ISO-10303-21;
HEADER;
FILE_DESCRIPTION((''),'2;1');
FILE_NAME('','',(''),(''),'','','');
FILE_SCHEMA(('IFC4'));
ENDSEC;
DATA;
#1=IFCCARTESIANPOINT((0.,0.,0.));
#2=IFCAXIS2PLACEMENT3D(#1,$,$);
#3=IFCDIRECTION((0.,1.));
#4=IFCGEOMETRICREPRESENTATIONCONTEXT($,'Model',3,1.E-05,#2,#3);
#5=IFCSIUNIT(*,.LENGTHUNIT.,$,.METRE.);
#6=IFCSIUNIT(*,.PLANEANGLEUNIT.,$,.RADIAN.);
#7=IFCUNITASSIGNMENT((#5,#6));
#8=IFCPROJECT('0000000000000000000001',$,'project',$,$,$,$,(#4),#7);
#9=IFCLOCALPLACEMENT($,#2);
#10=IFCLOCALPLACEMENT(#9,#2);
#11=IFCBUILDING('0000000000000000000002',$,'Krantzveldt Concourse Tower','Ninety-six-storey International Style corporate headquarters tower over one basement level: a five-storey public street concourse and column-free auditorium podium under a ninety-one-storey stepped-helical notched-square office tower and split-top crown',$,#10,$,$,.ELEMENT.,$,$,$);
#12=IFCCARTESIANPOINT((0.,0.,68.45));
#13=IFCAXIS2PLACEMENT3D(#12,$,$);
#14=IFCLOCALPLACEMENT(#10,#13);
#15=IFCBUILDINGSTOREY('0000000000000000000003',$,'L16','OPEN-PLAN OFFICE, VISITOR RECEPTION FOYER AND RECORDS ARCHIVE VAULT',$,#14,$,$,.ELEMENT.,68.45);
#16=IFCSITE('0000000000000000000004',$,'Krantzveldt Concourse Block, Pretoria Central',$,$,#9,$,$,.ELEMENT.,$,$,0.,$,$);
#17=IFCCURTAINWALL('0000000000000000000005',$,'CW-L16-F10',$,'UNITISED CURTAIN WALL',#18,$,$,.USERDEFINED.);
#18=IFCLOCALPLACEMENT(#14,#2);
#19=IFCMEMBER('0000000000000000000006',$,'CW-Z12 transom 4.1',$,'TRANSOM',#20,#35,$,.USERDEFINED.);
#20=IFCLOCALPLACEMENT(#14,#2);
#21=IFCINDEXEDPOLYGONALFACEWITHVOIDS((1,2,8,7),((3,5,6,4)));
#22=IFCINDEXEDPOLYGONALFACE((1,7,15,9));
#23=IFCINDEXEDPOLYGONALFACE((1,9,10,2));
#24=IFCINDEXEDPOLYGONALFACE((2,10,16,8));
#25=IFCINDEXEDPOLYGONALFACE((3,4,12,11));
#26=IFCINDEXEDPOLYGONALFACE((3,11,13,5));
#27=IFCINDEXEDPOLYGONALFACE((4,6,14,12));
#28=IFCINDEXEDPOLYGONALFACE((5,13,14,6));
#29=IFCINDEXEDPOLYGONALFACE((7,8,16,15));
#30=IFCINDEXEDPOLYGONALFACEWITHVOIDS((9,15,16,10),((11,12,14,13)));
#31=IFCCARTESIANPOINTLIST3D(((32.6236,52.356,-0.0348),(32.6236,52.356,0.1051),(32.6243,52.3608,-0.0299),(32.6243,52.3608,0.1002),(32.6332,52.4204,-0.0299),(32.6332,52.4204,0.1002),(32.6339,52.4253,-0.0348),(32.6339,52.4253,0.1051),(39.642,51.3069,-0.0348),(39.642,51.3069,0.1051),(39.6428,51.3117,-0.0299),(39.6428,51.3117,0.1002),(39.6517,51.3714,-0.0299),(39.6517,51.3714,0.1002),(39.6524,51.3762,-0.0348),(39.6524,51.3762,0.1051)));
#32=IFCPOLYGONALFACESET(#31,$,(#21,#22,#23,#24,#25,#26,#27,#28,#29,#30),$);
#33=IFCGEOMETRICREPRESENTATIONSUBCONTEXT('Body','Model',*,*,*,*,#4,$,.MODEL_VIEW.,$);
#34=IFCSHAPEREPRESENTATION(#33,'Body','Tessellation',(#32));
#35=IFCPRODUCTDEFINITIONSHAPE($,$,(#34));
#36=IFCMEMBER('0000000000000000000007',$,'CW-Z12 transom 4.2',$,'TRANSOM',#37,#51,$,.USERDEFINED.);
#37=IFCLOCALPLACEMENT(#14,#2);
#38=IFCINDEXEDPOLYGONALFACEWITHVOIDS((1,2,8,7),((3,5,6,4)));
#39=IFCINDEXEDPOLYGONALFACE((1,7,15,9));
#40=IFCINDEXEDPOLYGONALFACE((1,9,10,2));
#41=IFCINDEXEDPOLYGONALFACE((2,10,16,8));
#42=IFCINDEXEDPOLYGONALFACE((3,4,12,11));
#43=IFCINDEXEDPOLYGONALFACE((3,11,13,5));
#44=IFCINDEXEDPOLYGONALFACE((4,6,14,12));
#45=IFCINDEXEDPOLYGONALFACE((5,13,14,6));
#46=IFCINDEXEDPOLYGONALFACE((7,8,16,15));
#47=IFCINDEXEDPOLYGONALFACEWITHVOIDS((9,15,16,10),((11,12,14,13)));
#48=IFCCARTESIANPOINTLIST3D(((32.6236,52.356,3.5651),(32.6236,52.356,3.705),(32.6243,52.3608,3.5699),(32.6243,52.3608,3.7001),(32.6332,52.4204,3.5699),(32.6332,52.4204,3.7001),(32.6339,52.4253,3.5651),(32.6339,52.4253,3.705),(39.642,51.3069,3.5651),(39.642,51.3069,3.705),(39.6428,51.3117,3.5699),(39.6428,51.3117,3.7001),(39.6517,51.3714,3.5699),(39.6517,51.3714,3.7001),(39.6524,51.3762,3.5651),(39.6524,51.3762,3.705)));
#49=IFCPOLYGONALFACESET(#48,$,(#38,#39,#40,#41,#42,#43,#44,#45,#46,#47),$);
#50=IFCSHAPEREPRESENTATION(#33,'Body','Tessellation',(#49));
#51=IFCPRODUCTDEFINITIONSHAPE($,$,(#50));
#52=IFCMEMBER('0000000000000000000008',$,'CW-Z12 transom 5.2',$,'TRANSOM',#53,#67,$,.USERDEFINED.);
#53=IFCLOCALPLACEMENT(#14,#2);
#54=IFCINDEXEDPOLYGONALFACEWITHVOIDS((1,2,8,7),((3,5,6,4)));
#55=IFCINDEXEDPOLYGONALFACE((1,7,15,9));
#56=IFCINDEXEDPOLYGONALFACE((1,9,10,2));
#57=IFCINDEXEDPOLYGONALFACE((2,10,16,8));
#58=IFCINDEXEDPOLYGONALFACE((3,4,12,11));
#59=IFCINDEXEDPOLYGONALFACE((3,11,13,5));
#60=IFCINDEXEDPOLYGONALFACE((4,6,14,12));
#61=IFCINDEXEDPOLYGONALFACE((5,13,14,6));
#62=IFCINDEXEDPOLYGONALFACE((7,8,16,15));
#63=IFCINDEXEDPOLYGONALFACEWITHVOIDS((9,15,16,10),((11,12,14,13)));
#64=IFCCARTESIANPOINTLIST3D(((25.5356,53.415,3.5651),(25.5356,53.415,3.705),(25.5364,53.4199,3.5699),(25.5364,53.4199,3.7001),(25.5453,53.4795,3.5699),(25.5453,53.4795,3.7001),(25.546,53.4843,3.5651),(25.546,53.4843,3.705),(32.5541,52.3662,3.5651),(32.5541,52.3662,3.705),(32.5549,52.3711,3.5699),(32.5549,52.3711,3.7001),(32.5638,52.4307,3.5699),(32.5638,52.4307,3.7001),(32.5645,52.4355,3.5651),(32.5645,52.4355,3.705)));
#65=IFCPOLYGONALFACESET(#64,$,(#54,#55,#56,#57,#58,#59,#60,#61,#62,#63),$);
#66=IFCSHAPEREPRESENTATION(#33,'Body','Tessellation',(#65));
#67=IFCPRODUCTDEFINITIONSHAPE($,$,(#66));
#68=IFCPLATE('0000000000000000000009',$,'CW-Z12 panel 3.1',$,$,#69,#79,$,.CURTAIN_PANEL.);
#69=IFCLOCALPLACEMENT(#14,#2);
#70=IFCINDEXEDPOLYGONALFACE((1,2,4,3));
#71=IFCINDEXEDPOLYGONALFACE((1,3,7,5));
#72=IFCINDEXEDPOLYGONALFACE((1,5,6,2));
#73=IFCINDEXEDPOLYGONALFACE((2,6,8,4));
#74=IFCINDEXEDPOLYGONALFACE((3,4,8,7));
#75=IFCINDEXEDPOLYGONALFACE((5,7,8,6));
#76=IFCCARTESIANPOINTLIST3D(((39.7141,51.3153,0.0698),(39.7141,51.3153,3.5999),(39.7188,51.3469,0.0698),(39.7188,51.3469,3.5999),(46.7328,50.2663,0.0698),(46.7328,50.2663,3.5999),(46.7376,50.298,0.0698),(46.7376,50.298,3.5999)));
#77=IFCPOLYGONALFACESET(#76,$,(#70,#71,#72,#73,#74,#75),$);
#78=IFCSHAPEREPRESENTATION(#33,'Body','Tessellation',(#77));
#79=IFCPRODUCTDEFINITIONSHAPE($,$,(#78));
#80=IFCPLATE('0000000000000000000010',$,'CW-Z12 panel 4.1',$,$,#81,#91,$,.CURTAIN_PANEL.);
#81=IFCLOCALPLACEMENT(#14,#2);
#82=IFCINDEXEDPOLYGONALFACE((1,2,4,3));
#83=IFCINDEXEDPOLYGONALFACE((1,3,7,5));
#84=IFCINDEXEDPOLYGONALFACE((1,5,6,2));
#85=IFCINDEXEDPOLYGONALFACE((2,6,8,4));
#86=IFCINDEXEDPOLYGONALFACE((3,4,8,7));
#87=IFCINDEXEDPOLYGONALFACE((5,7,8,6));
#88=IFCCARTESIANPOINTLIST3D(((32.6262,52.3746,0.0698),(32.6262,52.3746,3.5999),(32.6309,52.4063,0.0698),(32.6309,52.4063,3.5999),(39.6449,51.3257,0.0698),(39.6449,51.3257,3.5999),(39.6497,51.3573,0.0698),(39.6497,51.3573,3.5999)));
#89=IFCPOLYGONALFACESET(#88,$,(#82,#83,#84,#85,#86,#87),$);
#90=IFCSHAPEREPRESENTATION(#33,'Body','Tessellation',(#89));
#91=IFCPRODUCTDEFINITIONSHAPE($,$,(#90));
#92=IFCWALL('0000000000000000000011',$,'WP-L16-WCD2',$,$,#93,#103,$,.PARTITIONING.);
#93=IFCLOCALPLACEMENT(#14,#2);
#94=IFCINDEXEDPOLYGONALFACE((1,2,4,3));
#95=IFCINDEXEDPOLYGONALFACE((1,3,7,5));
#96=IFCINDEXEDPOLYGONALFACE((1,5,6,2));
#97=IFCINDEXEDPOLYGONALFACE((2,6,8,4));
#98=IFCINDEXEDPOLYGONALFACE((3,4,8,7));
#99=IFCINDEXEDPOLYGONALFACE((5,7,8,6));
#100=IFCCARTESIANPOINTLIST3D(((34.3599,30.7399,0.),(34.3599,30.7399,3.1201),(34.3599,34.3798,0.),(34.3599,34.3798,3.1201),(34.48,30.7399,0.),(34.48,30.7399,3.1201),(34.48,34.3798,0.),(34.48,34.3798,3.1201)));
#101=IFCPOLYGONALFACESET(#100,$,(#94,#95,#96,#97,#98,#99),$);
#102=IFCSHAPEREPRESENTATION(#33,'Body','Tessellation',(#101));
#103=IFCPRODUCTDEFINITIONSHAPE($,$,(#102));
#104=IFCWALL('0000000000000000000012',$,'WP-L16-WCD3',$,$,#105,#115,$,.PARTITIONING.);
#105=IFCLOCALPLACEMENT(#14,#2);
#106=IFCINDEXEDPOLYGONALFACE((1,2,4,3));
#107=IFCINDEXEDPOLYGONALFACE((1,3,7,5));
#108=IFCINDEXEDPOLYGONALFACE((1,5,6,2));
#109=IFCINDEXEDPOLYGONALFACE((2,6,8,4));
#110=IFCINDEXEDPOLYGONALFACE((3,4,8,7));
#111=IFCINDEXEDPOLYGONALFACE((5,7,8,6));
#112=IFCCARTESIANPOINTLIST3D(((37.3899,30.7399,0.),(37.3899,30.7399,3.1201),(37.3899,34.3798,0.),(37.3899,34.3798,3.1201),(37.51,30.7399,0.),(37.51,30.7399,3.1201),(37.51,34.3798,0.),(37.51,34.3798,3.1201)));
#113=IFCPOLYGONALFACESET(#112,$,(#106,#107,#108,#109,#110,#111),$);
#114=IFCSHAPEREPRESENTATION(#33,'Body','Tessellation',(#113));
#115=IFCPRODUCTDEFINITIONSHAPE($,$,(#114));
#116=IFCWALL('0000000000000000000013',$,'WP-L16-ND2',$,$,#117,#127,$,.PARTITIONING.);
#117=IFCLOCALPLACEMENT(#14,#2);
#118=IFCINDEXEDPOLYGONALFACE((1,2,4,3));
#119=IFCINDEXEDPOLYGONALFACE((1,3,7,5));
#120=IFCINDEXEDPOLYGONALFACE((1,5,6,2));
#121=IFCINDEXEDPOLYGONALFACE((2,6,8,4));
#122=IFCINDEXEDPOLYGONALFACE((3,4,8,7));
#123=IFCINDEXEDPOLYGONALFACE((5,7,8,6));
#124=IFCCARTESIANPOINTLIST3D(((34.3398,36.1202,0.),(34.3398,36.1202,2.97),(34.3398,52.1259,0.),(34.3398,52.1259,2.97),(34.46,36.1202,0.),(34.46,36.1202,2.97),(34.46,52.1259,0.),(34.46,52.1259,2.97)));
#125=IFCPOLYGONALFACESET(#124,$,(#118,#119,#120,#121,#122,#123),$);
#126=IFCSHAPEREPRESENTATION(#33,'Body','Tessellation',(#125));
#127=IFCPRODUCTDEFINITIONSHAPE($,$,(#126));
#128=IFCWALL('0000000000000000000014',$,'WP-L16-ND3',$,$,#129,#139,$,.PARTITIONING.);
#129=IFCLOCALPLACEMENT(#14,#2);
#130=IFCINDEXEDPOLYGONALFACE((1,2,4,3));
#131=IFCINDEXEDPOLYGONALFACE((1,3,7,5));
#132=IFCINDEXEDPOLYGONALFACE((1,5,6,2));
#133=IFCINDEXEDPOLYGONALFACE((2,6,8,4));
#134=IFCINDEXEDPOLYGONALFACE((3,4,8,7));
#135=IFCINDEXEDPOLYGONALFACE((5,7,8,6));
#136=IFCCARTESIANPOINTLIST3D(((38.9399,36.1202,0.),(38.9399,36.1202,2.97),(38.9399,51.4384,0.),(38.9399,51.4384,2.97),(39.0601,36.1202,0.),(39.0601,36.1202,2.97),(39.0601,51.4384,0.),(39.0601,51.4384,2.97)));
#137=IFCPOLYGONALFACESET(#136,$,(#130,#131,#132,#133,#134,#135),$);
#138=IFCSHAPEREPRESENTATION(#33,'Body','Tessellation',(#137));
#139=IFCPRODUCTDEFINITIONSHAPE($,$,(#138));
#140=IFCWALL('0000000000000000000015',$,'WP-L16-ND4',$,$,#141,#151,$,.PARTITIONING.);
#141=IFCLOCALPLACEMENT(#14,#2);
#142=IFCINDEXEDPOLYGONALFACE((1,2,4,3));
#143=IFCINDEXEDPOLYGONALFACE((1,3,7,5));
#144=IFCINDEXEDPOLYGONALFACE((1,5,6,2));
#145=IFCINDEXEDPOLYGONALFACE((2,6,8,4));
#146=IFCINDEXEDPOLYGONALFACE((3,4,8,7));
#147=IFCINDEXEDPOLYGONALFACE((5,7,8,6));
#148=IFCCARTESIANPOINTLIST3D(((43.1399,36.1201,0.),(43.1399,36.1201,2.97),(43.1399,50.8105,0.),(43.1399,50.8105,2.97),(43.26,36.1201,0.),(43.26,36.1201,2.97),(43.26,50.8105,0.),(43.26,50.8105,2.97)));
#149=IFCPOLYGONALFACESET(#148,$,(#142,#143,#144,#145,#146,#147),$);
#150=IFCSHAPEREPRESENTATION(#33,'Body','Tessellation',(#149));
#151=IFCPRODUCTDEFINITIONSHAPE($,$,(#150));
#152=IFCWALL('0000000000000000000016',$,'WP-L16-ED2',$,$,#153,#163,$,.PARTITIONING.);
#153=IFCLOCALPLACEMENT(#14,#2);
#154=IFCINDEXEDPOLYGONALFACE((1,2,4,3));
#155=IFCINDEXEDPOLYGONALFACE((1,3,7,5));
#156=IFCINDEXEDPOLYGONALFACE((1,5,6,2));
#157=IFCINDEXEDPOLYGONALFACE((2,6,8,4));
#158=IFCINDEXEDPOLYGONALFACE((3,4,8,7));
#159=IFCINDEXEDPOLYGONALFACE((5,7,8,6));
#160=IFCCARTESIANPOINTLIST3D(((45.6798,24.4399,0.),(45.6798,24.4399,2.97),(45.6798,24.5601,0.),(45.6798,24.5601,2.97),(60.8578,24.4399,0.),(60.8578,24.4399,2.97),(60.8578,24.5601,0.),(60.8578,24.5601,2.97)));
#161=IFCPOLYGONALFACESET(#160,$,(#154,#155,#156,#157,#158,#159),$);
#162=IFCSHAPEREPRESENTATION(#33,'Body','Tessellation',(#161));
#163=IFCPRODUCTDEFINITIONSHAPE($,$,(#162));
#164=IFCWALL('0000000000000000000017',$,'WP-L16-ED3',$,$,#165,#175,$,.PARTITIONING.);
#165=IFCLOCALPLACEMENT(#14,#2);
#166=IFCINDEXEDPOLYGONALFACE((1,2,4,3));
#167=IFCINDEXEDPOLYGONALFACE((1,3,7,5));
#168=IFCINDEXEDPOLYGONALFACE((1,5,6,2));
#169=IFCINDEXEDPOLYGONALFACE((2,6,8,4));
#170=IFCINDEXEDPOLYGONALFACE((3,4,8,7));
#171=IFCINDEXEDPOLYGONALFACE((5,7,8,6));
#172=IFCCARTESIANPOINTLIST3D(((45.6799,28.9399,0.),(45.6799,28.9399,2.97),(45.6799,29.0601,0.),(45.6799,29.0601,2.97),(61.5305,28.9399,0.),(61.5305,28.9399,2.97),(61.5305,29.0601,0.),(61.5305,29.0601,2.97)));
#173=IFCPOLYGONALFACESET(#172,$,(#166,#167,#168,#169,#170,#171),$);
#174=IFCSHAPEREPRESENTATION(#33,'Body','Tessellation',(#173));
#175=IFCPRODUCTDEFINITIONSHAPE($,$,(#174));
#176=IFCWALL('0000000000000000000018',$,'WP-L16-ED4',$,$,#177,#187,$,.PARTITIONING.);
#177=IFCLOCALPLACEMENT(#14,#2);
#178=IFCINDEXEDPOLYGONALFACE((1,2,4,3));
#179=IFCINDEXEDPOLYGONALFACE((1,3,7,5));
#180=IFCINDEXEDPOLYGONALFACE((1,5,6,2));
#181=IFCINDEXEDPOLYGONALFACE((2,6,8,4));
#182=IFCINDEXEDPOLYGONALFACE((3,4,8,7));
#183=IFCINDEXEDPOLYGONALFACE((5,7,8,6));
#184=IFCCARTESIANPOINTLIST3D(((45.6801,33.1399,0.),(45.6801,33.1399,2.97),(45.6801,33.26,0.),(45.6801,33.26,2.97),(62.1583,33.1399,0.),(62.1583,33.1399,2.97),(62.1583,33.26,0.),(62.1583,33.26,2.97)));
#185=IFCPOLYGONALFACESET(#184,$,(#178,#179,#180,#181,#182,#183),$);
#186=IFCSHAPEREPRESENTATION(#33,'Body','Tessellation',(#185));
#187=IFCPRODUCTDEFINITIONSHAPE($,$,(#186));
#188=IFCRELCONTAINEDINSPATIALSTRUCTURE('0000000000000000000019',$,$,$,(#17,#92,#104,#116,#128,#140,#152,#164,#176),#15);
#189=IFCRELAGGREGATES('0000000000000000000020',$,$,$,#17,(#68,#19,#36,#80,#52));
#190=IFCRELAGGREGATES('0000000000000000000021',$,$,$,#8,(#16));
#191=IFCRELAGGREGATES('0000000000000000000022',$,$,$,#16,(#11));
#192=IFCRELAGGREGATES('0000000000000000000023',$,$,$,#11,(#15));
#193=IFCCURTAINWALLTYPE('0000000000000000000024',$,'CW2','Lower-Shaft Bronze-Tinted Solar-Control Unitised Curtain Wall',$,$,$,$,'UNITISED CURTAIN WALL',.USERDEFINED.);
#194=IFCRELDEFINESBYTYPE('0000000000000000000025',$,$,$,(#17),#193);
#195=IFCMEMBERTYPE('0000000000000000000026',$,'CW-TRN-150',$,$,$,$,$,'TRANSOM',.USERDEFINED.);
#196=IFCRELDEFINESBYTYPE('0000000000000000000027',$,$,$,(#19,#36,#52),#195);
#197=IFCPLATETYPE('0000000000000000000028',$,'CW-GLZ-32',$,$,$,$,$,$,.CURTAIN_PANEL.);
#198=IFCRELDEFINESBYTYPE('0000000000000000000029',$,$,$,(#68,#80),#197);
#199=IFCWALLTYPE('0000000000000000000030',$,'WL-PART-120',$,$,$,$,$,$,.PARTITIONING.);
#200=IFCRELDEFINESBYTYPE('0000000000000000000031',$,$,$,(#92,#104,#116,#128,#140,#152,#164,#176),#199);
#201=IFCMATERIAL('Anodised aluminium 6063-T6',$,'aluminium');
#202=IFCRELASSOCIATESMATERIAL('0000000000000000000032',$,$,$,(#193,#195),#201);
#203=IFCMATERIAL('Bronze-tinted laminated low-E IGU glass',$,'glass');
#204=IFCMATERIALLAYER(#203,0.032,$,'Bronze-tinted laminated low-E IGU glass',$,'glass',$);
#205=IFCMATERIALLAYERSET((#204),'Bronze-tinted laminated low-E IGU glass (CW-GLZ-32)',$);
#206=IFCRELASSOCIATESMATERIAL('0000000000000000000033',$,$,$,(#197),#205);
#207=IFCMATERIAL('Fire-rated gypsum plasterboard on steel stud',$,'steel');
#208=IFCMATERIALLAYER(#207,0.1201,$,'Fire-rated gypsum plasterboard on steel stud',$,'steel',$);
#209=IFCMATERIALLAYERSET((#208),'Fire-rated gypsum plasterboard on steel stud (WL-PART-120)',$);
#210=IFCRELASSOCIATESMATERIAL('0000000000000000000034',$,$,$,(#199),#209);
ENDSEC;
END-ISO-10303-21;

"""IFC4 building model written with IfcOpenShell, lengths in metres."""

from ifc_helpers import new_model, si_unit, direction, frame, frame_2d, origin, origin_2d, place, context, subcontext, project, spatial, rectangle, hollow_rectangle, extrude, source, transform, mapped, material, layer, layer_set, material_profile, profile_set, type_object, type_shapes, element, aggregate, save


model = new_model("IFC4")

# Units and contexts
model_context = context("Model", 3, precision=1e-05, world=origin(), true_north=direction((0.0, 1.0)))
body_context = subcontext(model_context, "Body", "Model", "MODEL_VIEW")
ifc_project = project(units=[si_unit("LENGTHUNIT", "METRE"), si_unit("PLANEANGLEUNIT", "RADIAN")], contexts=[model_context])

# Site, building, storey
site_placement = place(None, origin())
site = spatial("IfcSite", under=ifc_project, at=site_placement, Name="Krantzveldt Concourse Block, Pretoria Central", CompositionType="ELEMENT", RefElevation=0.0)
building_placement = place(site_placement, origin())
building = spatial("IfcBuilding", under=site, at=building_placement, Name="Krantzveldt Concourse Tower", Description="Ninety-six-storey International Style corporate headquarters tower over one basement level: a five-storey public street concourse and column-free auditorium podium under a ninety-one-storey stepped-helical notched-square office tower and split-top crown", CompositionType="ELEMENT")
storey_placement = place(building_placement, frame((0.0, 0.0, 68.45)))
storey = spatial("IfcBuildingStorey", under=building, at=storey_placement, Name="L16", Description="OPEN-PLAN OFFICE, VISITOR RECEPTION FOYER AND RECORDS ARCHIVE VAULT", CompositionType="ELEMENT", Elevation=68.45)

# Curtain wall, members, plates
ifc_material_1 = material(Name="Anodised aluminium 6063-T6", Category="aluminium")
curtain_wall_type = type_object("IfcCurtainWallType", Name="CW2", Description="Lower-Shaft Bronze-Tinted Solar-Control Unitised Curtain Wall", ElementType="UNITISED CURTAIN WALL", PredefinedType="USERDEFINED", material=ifc_material_1)
curtain_wall_placement = place(storey_placement, origin())
curtain_wall = element("IfcCurtainWall", 1, at=curtain_wall_placement, inside=storey, type_object=curtain_wall_type, Name="CW-L16-F10", ObjectType="UNITISED CURTAIN WALL", PredefinedType="USERDEFINED")
ifc_material_profile_1 = material_profile(ifc_material_1, hollow_rectangle(XDim=0.0701, YDim=0.1399, WallThickness=0.0049, at=origin_2d()), Name="Anodised aluminium 6063-T6", Category="aluminium")
ifc_profile_set_1 = profile_set([ifc_material_profile_1], Name="Anodised aluminium 6063-T6 - ALU-TRAN 140x70x5")
member_type_1 = type_object("IfcMemberType", Name="CW-TRN-150", ElementType="TRANSOM", PredefinedType="USERDEFINED", material=ifc_profile_set_1)
shared_shape_1 = source(origin(), body_context, "Body", "SweptSolid", [
    extrude(hollow_rectangle(XDim=0.0701, YDim=0.1399, WallThickness=0.0049, at=origin_2d()), origin(), (0.0, 0.0, 1.0), 7.0964),
])
member_1_placement = place(storey_placement, frame((39.6472, 51.3416, 0.0352), z_axis=(-0.989013, 0.147829, 0.0), x_axis=(-0.147829, -0.989013, 0.0)))
member_1 = element("IfcMember", 2, at=member_1_placement, type_object=member_type_1, Name="CW-Z12 transom 4.1", ObjectType="TRANSOM", PredefinedType="USERDEFINED", context=body_context, shape_type="MappedRepresentation", body=[
    mapped(shared_shape_1, transform((0.0, 0.0, 0.0), x_axis=(1.0, 0.0, 0.0), y_axis=(0.0, 1.0, 0.0), z_axis=(0.0, 0.0, 1.0), scale=1.0)),
])
member_2_placement = place(storey_placement, frame((39.6472, 51.3416, 3.635), z_axis=(-0.989013, 0.147829, 0.0), x_axis=(-0.147829, -0.989013, 0.0)))
member_2 = element("IfcMember", 3, at=member_2_placement, type_object=member_type_1, Name="CW-Z12 transom 4.2", ObjectType="TRANSOM", PredefinedType="USERDEFINED", context=body_context, shape_type="MappedRepresentation", body=[
    mapped(shared_shape_1, transform((0.0, 0.0, 0.0), x_axis=(1.0, 0.0, 0.0), y_axis=(0.0, 1.0, 0.0), z_axis=(0.0, 0.0, 1.0), scale=1.0)),
])
member_3_placement = place(storey_placement, frame((32.5593, 52.4009, 3.635), z_axis=(-0.989018, 0.147795, 0.0), x_axis=(-0.147795, -0.989018, 0.0)))
member_3 = element("IfcMember", 4, at=member_3_placement, type_object=member_type_1, Name="CW-Z12 transom 5.2", ObjectType="TRANSOM", PredefinedType="USERDEFINED", context=body_context, shape_type="MappedRepresentation", body=[
    mapped(shared_shape_1, transform((0.0, 0.0, 0.0), x_axis=(1.0, 0.0, 0.0), y_axis=(0.0, 1.0, 0.0), z_axis=(0.0, 0.0, 1.0), scale=1.0)),
])
ifc_material_2 = material(Name="Bronze-tinted laminated low-E IGU glass", Category="glass")
ifc_layer_1 = layer(ifc_material_2, 0.032, Name="Bronze-tinted laminated low-E IGU glass", Category="glass")
ifc_layer_set_1 = layer_set([ifc_layer_1], Name="Bronze-tinted laminated low-E IGU glass (CW-GLZ-32)")
plate_type = type_object("IfcPlateType", Name="CW-GLZ-32", PredefinedType="CURTAIN_PANEL", material=ifc_layer_set_1)
shared_shape_2 = source(origin(), body_context, "Body", "SweptSolid", [
    extrude(rectangle(XDim=7.0967, YDim=0.032, at=origin_2d()), origin(), (0.0, 0.0, 1.0), 3.53),
])
type_shapes(plate_type, [shared_shape_2])
plate_1_placement = place(storey_placement, frame((43.2258, 50.8066, 0.0698), z_axis=(0.0, 0.0, 1.0), x_axis=(-0.989016, 0.14781, 0.0)))
plate_1 = element("IfcPlate", 5, at=plate_1_placement, type_object=plate_type, Name="CW-Z12 panel 3.1", PredefinedType="CURTAIN_PANEL", context=body_context, shape_type="MappedRepresentation", body=[
    mapped(shared_shape_2, transform((0.0, 0.0, 0.0), x_axis=(1.0, 0.0, 0.0), y_axis=(0.0, 1.0, 0.0), z_axis=(0.0, 0.0, 1.0), scale=1.0)),
])
plate_2_placement = place(storey_placement, frame((36.1379, 51.866, 0.0698), z_axis=(0.0, 0.0, 1.0), x_axis=(-0.989016, 0.14781, 0.0)))
plate_2 = element("IfcPlate", 6, at=plate_2_placement, type_object=plate_type, Name="CW-Z12 panel 4.1", PredefinedType="CURTAIN_PANEL", context=body_context, shape_type="MappedRepresentation", body=[
    mapped(shared_shape_2, transform((0.0, 0.0, 0.0), x_axis=(1.0, 0.0, 0.0), y_axis=(0.0, 1.0, 0.0), z_axis=(0.0, 0.0, 1.0), scale=1.0)),
])
aggregate(curtain_wall, [plate_1, member_1, member_2, plate_2, member_3])

# Walls
ifc_material_3 = material(Name="Fire-rated gypsum plasterboard on steel stud", Category="steel")
ifc_layer_2 = layer(ifc_material_3, 0.1201, Name="Fire-rated gypsum plasterboard on steel stud", Category="steel")
ifc_layer_set_2 = layer_set([ifc_layer_2], Name="Fire-rated gypsum plasterboard on steel stud (WL-PART-120)")
wall_type_1 = type_object("IfcWallType", Name="WL-PART-120", PredefinedType="PARTITIONING", material=ifc_layer_set_2)
for number, where, z_axis, x_axis, name in (
    (7, (34.4199, 30.74, 0.0), (0.0, 0.0, 1.0), (0.0, 1.0, 0.0), "WP-L16-WCD2"),
    (8, (37.45, 30.74, 0.0), (0.0, 0.0, 1.0), (0.0, 1.0, 0.0), "WP-L16-WCD3"),
):
    element("IfcWall", number, at=place(storey_placement, frame(where, z_axis=z_axis, x_axis=x_axis)), inside=storey, type_object=wall_type_1, Name=name, PredefinedType="PARTITIONING", context=body_context, shape_type="SweptSolid", body=[
        extrude(rectangle(XDim=3.6399, YDim=0.1201, at=frame_2d((1.8198, 0.0))), origin(), (0.0, 0.0, 1.0), 3.1201),
    ])
wall_1_placement = place(storey_placement, frame((34.3999, 36.1201, 0.0), z_axis=(0.0, 0.0, 1.0), x_axis=(0.0, 1.0, 0.0)))
element("IfcWall", 9, at=wall_1_placement, inside=storey, type_object=wall_type_1, Name="WP-L16-ND2", PredefinedType="PARTITIONING", context=body_context, shape_type="SweptSolid", body=[
    extrude(rectangle(XDim=16.0056, YDim=0.1201, at=frame_2d((8.0029, 0.0))), origin(), (0.0, 0.0, 1.0), 2.97),
])
wall_2_placement = place(storey_placement, frame((39.0, 36.1201, 0.0), z_axis=(0.0, 0.0, 1.0), x_axis=(0.0, 1.0, 0.0)))
element("IfcWall", 10, at=wall_2_placement, inside=storey, type_object=wall_type_1, Name="WP-L16-ND3", PredefinedType="PARTITIONING", context=body_context, shape_type="SweptSolid", body=[
    extrude(rectangle(XDim=15.3181, YDim=0.1201, at=frame_2d((7.6592, 0.0))), origin(), (0.0, 0.0, 1.0), 2.97),
])
wall_3_placement = place(storey_placement, frame((43.2, 36.1201, 0.0), z_axis=(0.0, 0.0, 1.0), x_axis=(0.0, 1.0, 0.0)))
element("IfcWall", 11, at=wall_3_placement, inside=storey, type_object=wall_type_1, Name="WP-L16-ND4", PredefinedType="PARTITIONING", context=body_context, shape_type="SweptSolid", body=[
    extrude(rectangle(XDim=14.6904, YDim=0.1201, at=frame_2d((7.3452, 0.0))), origin(), (0.0, 0.0, 1.0), 2.97),
])
wall_4_placement = place(storey_placement, frame((45.6799, 24.5, 0.0), z_axis=(0.0, 0.0, 1.0), x_axis=(1.0, 0.0, 0.0)))
element("IfcWall", 12, at=wall_4_placement, inside=storey, type_object=wall_type_1, Name="WP-L16-ED2", PredefinedType="PARTITIONING", context=body_context, shape_type="SweptSolid", body=[
    extrude(rectangle(XDim=15.178, YDim=0.1201, at=frame_2d((7.5889, 0.0))), origin(), (0.0, 0.0, 1.0), 2.97),
])
wall_5_placement = place(storey_placement, frame((45.6799, 29.0, 0.0), z_axis=(0.0, 0.0, 1.0), x_axis=(1.0, 0.0, 0.0)))
element("IfcWall", 13, at=wall_5_placement, inside=storey, type_object=wall_type_1, Name="WP-L16-ED3", PredefinedType="PARTITIONING", context=body_context, shape_type="SweptSolid", body=[
    extrude(rectangle(XDim=15.8506, YDim=0.1201, at=frame_2d((7.9253, 0.0))), origin(), (0.0, 0.0, 1.0), 2.97),
])
wall_6_placement = place(storey_placement, frame((45.6799, 33.2, 0.0), z_axis=(0.0, 0.0, 1.0), x_axis=(1.0, 0.0, 0.0)))
element("IfcWall", 14, at=wall_6_placement, inside=storey, type_object=wall_type_1, Name="WP-L16-ED4", PredefinedType="PARTITIONING", context=body_context, shape_type="SweptSolid", body=[
    extrude(rectangle(XDim=16.4783, YDim=0.1201, at=frame_2d((8.2393, 0.0))), origin(), (0.0, 0.0, 1.0), 2.97),
])

save(model, "model.ifc")
